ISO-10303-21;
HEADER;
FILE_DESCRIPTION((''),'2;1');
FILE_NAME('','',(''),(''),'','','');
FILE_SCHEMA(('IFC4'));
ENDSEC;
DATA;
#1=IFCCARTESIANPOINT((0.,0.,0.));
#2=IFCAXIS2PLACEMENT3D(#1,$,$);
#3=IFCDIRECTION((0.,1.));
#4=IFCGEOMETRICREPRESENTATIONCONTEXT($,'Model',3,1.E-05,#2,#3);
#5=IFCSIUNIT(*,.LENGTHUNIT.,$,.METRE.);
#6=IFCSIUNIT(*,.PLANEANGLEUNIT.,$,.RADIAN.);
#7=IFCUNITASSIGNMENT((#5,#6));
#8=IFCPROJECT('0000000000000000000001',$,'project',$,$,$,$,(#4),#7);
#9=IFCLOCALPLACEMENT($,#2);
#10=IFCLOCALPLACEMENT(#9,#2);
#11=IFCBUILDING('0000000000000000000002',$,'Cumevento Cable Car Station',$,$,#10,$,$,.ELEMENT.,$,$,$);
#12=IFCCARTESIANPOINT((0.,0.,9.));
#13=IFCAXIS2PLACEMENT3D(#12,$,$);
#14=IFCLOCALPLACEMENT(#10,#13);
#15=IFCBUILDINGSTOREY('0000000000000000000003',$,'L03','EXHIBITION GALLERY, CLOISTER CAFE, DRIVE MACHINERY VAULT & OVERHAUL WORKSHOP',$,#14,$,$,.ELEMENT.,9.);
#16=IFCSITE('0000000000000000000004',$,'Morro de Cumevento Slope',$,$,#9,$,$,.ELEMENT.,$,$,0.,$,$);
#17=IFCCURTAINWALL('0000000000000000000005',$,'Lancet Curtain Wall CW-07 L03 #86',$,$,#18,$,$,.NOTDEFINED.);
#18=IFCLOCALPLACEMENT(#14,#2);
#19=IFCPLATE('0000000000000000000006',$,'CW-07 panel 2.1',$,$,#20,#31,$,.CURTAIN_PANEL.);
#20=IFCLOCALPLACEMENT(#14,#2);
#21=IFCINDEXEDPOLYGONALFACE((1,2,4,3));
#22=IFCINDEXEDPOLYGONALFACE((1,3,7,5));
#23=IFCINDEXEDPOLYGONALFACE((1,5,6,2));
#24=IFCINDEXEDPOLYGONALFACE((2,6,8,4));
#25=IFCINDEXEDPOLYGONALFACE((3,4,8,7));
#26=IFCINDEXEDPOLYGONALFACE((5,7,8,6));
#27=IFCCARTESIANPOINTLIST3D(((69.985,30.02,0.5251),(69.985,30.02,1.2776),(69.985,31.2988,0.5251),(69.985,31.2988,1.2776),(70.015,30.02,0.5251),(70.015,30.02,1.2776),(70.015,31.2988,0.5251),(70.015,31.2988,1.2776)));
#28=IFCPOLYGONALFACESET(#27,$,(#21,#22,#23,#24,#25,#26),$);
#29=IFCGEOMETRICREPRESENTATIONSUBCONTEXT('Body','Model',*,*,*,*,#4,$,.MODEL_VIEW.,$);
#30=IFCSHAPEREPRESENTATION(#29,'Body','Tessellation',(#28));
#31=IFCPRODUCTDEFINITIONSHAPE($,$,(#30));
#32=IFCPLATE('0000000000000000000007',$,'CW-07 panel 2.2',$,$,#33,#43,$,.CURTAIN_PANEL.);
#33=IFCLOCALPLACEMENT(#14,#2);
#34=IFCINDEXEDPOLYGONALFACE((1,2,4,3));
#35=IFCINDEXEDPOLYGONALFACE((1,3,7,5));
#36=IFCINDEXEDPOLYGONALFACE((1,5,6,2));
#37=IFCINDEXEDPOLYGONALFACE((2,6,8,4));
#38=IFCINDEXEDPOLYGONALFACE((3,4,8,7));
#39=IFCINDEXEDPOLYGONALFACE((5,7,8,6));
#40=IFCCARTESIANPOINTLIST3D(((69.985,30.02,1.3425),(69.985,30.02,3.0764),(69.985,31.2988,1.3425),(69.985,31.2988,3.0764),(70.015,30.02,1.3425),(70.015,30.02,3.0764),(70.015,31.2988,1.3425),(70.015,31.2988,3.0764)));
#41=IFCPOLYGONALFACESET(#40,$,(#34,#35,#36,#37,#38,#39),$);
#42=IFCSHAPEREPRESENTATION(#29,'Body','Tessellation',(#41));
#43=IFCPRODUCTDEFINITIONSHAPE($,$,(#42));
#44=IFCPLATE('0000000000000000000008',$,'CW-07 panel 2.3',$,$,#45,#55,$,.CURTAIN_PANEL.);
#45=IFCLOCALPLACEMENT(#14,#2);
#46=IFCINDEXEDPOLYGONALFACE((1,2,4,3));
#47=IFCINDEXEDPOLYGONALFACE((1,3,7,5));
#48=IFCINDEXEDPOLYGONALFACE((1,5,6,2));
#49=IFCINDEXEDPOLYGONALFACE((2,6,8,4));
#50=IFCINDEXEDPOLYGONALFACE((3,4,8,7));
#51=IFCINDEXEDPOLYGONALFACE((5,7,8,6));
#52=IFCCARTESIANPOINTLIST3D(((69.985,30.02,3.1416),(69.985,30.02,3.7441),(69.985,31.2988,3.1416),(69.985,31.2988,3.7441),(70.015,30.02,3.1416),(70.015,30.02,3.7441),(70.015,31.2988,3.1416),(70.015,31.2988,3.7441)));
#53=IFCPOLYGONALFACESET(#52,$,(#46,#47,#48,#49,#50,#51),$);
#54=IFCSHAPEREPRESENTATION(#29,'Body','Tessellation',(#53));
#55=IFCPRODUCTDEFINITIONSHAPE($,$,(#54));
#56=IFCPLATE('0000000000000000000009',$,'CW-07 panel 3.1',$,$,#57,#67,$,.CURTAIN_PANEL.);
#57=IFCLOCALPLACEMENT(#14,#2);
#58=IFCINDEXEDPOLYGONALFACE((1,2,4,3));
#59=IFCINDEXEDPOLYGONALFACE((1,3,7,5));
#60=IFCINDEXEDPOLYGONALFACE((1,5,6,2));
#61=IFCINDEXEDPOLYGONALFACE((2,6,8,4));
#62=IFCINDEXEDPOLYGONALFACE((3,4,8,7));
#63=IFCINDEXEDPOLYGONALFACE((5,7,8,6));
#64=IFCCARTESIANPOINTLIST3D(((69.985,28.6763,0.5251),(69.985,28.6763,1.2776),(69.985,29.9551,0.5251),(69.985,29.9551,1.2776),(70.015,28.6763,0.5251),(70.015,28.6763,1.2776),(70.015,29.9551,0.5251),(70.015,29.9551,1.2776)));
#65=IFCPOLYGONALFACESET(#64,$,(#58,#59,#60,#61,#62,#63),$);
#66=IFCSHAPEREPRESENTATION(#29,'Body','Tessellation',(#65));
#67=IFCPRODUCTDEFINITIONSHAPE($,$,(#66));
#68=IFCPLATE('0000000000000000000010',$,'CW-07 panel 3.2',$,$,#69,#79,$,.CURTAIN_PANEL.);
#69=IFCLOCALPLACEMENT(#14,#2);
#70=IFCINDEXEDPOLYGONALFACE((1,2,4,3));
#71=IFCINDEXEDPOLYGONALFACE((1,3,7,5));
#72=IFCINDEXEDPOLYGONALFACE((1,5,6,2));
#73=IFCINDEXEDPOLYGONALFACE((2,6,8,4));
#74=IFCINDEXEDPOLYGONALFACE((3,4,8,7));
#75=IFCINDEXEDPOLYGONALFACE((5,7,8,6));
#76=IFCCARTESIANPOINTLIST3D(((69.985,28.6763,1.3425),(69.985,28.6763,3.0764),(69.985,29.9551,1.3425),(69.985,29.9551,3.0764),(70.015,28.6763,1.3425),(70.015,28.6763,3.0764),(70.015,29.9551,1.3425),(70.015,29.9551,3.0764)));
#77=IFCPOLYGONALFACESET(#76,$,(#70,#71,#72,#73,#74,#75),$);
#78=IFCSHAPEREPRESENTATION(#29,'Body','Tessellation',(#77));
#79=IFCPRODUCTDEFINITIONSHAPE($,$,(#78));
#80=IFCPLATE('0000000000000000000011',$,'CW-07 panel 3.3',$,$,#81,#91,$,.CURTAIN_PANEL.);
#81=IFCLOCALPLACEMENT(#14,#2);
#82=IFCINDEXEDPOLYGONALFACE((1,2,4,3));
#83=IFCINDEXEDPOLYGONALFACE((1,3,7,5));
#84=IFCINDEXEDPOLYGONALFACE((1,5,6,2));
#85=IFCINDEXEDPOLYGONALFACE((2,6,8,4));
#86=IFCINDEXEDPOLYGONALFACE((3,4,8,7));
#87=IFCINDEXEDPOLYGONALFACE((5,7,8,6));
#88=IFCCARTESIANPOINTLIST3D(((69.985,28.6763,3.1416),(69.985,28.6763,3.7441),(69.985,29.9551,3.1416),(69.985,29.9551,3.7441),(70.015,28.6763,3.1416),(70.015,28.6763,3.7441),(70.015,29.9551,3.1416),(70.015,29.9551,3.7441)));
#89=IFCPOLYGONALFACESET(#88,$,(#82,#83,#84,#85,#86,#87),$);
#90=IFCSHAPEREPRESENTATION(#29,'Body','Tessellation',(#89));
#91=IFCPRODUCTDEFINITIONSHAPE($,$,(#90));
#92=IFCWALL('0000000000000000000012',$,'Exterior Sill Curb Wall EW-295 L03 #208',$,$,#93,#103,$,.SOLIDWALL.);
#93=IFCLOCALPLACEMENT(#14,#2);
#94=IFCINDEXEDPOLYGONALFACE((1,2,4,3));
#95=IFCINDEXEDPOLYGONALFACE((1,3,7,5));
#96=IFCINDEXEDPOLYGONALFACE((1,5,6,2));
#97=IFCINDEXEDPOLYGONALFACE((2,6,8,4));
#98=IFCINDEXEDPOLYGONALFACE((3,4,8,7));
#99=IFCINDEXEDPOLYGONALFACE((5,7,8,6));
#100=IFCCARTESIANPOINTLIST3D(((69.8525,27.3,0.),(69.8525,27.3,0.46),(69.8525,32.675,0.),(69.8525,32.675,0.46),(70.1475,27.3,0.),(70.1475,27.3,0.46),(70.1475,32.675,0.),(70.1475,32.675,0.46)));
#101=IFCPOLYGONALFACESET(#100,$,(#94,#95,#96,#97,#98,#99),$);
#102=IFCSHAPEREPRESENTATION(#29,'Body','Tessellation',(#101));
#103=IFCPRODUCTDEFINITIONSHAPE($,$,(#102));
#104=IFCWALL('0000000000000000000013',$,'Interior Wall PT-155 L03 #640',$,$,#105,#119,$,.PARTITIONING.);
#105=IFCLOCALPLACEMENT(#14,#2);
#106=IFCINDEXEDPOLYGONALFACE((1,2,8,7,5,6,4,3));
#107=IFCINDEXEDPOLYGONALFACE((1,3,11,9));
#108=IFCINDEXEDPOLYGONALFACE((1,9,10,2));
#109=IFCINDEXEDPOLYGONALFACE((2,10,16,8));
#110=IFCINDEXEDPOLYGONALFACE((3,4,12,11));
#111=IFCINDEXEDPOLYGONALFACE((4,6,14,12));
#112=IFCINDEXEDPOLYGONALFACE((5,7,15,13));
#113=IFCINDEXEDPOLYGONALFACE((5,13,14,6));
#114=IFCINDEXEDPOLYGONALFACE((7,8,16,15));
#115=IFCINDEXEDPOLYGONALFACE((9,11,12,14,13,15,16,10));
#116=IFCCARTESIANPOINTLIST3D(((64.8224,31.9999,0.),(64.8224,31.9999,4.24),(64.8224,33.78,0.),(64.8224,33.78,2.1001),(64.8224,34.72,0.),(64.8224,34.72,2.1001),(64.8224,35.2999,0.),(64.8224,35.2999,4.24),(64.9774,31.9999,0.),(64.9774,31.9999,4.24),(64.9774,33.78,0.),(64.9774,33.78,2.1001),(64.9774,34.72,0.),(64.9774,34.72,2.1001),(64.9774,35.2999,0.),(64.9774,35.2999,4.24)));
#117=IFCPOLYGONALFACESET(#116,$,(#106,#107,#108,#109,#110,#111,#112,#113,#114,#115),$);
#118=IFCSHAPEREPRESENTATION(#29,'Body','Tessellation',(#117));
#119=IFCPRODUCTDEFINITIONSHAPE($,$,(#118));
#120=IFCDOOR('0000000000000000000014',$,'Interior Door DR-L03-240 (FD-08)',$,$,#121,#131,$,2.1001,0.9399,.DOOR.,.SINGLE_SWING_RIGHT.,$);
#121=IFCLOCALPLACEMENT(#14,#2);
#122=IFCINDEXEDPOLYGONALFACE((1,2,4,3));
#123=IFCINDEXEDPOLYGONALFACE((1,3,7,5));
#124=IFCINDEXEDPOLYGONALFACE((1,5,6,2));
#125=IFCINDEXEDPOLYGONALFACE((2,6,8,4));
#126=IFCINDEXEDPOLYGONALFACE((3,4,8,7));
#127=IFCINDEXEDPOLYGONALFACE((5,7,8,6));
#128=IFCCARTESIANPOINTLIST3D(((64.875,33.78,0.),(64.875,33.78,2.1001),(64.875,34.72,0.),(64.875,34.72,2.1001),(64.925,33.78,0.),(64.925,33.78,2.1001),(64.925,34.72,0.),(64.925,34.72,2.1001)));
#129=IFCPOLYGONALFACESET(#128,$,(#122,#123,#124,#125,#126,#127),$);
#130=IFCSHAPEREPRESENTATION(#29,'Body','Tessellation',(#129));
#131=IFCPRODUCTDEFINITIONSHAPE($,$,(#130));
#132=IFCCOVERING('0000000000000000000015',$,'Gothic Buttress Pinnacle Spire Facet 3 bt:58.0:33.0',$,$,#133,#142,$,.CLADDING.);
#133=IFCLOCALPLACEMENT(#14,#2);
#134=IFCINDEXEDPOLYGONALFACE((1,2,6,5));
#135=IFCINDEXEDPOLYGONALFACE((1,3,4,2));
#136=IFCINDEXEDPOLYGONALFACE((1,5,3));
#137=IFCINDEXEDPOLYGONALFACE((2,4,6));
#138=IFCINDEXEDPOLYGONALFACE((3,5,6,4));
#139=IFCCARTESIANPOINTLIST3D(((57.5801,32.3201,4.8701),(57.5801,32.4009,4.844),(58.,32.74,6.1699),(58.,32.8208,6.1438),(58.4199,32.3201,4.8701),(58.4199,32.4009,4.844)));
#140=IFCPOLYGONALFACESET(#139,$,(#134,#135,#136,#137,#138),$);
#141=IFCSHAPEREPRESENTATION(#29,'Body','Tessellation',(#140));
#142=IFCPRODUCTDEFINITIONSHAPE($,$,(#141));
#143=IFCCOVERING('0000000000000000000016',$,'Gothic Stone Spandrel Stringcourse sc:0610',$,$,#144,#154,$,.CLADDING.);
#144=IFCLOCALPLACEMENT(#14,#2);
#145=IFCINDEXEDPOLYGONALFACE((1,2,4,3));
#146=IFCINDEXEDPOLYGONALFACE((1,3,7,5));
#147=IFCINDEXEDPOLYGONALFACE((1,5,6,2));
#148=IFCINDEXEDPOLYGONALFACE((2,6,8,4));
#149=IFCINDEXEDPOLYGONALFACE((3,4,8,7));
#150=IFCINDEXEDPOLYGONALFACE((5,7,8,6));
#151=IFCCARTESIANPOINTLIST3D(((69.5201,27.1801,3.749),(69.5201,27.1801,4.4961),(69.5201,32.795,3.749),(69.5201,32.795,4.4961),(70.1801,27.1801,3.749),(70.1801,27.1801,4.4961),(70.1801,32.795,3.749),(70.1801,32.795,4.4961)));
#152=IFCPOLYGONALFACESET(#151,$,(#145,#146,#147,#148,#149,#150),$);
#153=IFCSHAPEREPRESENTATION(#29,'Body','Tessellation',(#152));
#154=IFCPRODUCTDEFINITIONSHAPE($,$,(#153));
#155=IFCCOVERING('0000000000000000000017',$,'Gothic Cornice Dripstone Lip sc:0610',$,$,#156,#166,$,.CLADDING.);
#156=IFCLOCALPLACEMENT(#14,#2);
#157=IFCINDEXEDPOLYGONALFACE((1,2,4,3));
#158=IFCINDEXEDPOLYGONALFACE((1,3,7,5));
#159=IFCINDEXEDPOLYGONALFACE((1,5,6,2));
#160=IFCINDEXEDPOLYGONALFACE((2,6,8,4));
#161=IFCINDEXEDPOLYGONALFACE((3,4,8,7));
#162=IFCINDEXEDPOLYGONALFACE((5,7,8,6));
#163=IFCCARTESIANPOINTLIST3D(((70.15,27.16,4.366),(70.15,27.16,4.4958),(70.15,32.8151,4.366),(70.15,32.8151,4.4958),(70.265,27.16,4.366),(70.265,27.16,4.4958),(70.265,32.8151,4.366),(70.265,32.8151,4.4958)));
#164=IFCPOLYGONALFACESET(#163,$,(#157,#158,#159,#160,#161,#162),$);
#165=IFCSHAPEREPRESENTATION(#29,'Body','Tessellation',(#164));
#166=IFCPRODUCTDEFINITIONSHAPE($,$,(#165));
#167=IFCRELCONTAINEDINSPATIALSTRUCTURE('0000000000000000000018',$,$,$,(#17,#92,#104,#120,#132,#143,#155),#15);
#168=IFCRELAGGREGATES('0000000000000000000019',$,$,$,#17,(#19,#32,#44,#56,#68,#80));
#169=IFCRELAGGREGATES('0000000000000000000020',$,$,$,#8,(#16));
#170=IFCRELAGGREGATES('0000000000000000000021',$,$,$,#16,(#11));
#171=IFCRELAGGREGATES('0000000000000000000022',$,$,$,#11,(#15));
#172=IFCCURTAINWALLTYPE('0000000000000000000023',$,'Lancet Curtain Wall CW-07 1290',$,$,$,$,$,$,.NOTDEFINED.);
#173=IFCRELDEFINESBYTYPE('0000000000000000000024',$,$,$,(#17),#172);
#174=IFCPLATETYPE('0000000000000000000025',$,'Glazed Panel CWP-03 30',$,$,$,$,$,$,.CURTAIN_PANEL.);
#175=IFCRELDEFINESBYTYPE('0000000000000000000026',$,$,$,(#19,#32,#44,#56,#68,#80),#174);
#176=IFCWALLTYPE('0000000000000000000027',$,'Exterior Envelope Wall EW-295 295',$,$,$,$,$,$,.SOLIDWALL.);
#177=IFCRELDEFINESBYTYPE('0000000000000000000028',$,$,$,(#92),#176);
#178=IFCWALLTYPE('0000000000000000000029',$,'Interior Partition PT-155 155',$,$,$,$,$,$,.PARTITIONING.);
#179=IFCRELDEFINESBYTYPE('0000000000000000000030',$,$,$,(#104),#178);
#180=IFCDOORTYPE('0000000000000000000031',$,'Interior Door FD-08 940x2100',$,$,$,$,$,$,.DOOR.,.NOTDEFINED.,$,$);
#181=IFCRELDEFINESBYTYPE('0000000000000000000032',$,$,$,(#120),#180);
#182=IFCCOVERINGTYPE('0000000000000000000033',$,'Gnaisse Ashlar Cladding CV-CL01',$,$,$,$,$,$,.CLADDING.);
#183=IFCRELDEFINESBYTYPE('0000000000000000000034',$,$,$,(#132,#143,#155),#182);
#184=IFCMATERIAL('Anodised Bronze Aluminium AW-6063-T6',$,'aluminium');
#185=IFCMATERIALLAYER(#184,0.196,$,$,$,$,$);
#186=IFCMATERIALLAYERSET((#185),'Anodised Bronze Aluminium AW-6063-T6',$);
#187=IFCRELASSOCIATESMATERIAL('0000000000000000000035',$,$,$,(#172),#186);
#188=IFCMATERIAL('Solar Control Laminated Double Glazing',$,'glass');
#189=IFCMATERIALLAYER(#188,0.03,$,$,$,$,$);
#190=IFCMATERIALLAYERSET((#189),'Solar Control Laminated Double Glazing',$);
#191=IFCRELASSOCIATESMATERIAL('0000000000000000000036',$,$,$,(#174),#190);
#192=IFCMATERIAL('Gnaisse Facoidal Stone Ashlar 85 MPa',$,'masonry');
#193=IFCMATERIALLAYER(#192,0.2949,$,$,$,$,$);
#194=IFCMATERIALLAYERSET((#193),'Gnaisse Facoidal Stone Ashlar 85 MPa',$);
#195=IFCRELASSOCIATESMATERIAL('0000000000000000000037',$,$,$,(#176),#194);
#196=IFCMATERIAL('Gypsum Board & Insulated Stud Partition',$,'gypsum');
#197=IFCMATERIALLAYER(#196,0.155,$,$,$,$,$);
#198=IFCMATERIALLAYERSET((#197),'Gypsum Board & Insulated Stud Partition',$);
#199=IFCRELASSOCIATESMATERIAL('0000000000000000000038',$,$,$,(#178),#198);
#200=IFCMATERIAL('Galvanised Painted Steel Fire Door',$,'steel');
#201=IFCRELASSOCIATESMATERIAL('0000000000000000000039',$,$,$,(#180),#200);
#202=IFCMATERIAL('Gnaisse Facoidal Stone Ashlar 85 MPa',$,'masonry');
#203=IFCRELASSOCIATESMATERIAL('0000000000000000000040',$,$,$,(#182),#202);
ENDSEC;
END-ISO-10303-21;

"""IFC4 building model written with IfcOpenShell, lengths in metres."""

from ifc_helpers import new_model, si_unit, direction, frame, frame_2d, origin, origin_2d, place, context, subcontext, project, spatial, polyline, rectangle, outline, extrude, material, layer, layer_set, type_object, element, fill, aggregate, save


model = new_model("IFC4")

# Units and contexts
model_context = context("Model", 3, precision=1e-05, world=origin(), true_north=direction((0.0, 1.0)))
body_context = subcontext(model_context, "Body", "Model", "MODEL_VIEW")
ifc_project = project(units=[si_unit("LENGTHUNIT", "METRE"), si_unit("PLANEANGLEUNIT", "RADIAN")], contexts=[model_context])

# Site, building, storey
site_placement = place(None, origin())
site = spatial("IfcSite", under=ifc_project, at=site_placement, Name="Morro de Cumevento Slope", CompositionType="ELEMENT", RefElevation=0.0)
building_placement = place(site_placement, origin())
building = spatial("IfcBuilding", under=site, at=building_placement, Name="Cumevento Cable Car Station", CompositionType="ELEMENT")
storey_placement = place(building_placement, frame((0.0, 0.0, 9.0)))
storey = spatial("IfcBuildingStorey", under=building, at=storey_placement, Name="L03", Description="EXHIBITION GALLERY, CLOISTER CAFE, DRIVE MACHINERY VAULT & OVERHAUL WORKSHOP", CompositionType="ELEMENT", Elevation=9.0)

# Curtain wall, plates
ifc_material_1 = material(Name="Anodised Bronze Aluminium AW-6063-T6", Category="aluminium")
ifc_layer_1 = layer(ifc_material_1, 0.196)
ifc_layer_set_1 = layer_set([ifc_layer_1], Name="Anodised Bronze Aluminium AW-6063-T6")
curtain_wall_type = type_object("IfcCurtainWallType", Name="Lancet Curtain Wall CW-07 1290", PredefinedType="NOTDEFINED", material=ifc_layer_set_1)
curtain_wall_placement = place(storey_placement, origin())
curtain_wall = element("IfcCurtainWall", 1, at=curtain_wall_placement, inside=storey, type_object=curtain_wall_type, Name="Lancet Curtain Wall CW-07 L03 #86", PredefinedType="NOTDEFINED")
ifc_material_2 = material(Name="Solar Control Laminated Double Glazing", Category="glass")
ifc_layer_2 = layer(ifc_material_2, 0.03)
ifc_layer_set_2 = layer_set([ifc_layer_2], Name="Solar Control Laminated Double Glazing")
plate_type = type_object("IfcPlateType", Name="Glazed Panel CWP-03 30", PredefinedType="CURTAIN_PANEL", material=ifc_layer_set_2)
plate_1_placement = place(storey_placement, frame((70.0, 30.6594, 0.5251), z_axis=(0.0, 0.0, 1.0), x_axis=(0.0, -1.0, 0.0)))
plate_1 = element("IfcPlate", 2, at=plate_1_placement, type_object=plate_type, Name="CW-07 panel 2.1", PredefinedType="CURTAIN_PANEL", context=body_context, shape_type="SweptSolid", body=[
    extrude(rectangle(XDim=1.2788, YDim=0.03, at=origin_2d()), origin(), (0.0, 0.0, 1.0), 0.7524),
])
plate_2_placement = place(storey_placement, frame((70.0, 30.6594, 1.3425), z_axis=(0.0, 0.0, 1.0), x_axis=(0.0, -1.0, 0.0)))
plate_2 = element("IfcPlate", 3, at=plate_2_placement, type_object=plate_type, Name="CW-07 panel 2.2", PredefinedType="CURTAIN_PANEL", context=body_context, shape_type="SweptSolid", body=[
    extrude(rectangle(XDim=1.2788, YDim=0.03, at=origin_2d()), origin(), (0.0, 0.0, 1.0), 1.7339),
])
plate_3_placement = place(storey_placement, frame((70.0, 30.6594, 3.1416), z_axis=(0.0, 0.0, 1.0), x_axis=(0.0, -1.0, 0.0)))
plate_3 = element("IfcPlate", 4, at=plate_3_placement, type_object=plate_type, Name="CW-07 panel 2.3", PredefinedType="CURTAIN_PANEL", context=body_context, shape_type="SweptSolid", body=[
    extrude(rectangle(XDim=1.2788, YDim=0.03, at=origin_2d()), origin(), (0.0, 0.0, 1.0), 0.6025),
])
plate_4_placement = place(storey_placement, frame((70.0, 29.3157, 0.5251), z_axis=(0.0, 0.0, 1.0), x_axis=(0.0, -1.0, 0.0)))
plate_4 = element("IfcPlate", 5, at=plate_4_placement, type_object=plate_type, Name="CW-07 panel 3.1", PredefinedType="CURTAIN_PANEL", context=body_context, shape_type="SweptSolid", body=[
    extrude(rectangle(XDim=1.2788, YDim=0.03, at=origin_2d()), origin(), (0.0, 0.0, 1.0), 0.7524),
])
plate_5_placement = place(storey_placement, frame((70.0, 29.3157, 1.3425), z_axis=(0.0, 0.0, 1.0), x_axis=(0.0, -1.0, 0.0)))
plate_5 = element("IfcPlate", 6, at=plate_5_placement, type_object=plate_type, Name="CW-07 panel 3.2", PredefinedType="CURTAIN_PANEL", context=body_context, shape_type="SweptSolid", body=[
    extrude(rectangle(XDim=1.2788, YDim=0.03, at=origin_2d()), origin(), (0.0, 0.0, 1.0), 1.7339),
])
plate_6_placement = place(storey_placement, frame((70.0, 29.3157, 3.1416), z_axis=(0.0, 0.0, 1.0), x_axis=(0.0, -1.0, 0.0)))
plate_6 = element("IfcPlate", 7, at=plate_6_placement, type_object=plate_type, Name="CW-07 panel 3.3", PredefinedType="CURTAIN_PANEL", context=body_context, shape_type="SweptSolid", body=[
    extrude(rectangle(XDim=1.2788, YDim=0.03, at=origin_2d()), origin(), (0.0, 0.0, 1.0), 0.6025),
])
aggregate(curtain_wall, [plate_1, plate_2, plate_3, plate_4, plate_5, plate_6])

# Wall
ifc_material_3 = material(Name="Gnaisse Facoidal Stone Ashlar 85 MPa", Category="masonry")
ifc_layer_3 = layer(ifc_material_3, 0.2949)
ifc_layer_set_3 = layer_set([ifc_layer_3], Name="Gnaisse Facoidal Stone Ashlar 85 MPa")
wall_type_1 = type_object("IfcWallType", Name="Exterior Envelope Wall EW-295 295", PredefinedType="SOLIDWALL", material=ifc_layer_set_3)
wall_1_placement = place(storey_placement, frame((70.0, 32.675, 0.0), z_axis=(0.0, 0.0, 1.0), x_axis=(0.0, -1.0, 0.0)))
element("IfcWall", 8, at=wall_1_placement, inside=storey, type_object=wall_type_1, Name="Exterior Sill Curb Wall EW-295 L03 #208", PredefinedType="SOLIDWALL", context=body_context, shape_type="SweptSolid", body=[
    extrude(rectangle(XDim=5.375, YDim=0.2949, at=frame_2d((2.6875, 0.0))), origin(), (0.0, 0.0, 1.0), 0.46),
])

# Wall, opening, door
ifc_material_4 = material(Name="Gypsum Board & Insulated Stud Partition", Category="gypsum")
ifc_layer_4 = layer(ifc_material_4, 0.155)
ifc_layer_set_4 = layer_set([ifc_layer_4], Name="Gypsum Board & Insulated Stud Partition")
wall_type_2 = type_object("IfcWallType", Name="Interior Partition PT-155 155", PredefinedType="PARTITIONING", material=ifc_layer_set_4)
wall_2_placement = place(storey_placement, frame((64.8999, 32.0, 0.0), z_axis=(0.0, 0.0, 1.0), x_axis=(0.0, 1.0, 0.0)))
wall_2 = element("IfcWall", 9, at=wall_2_placement, inside=storey, type_object=wall_type_2, Name="Interior Wall PT-155 L03 #640", PredefinedType="PARTITIONING", context=body_context, shape_type="SweptSolid", body=[
    extrude(rectangle(XDim=3.3, YDim=0.155, at=frame_2d((1.6499, 0.0))), origin(), (0.0, 0.0, 1.0), 4.24),
])
opening_placement = place(wall_2_placement, frame((1.78, 0.0, 0.0)))
opening = element("IfcOpeningElement", 10, at=opening_placement, cuts=wall_2, PredefinedType="OPENING", context=body_context, shape_type="SweptSolid", body=[
    extrude(rectangle(XDim=0.9399, YDim=2.1001, at=frame_2d((0.47, 1.05))), frame((0.0, 0.0876, 0.0), z_axis=(0.0, -1.0, 0.0), x_axis=(1.0, 0.0, 0.0)), (0.0, 0.0, 1.0), 0.175),
])
ifc_material_5 = material(Name="Galvanised Painted Steel Fire Door", Category="steel")
door_type = type_object("IfcDoorType", Name="Interior Door FD-08 940x2100", OperationType="NOTDEFINED", PredefinedType="DOOR", material=ifc_material_5)
door_placement = place(opening_placement, origin())
door = element("IfcDoor", 11, at=door_placement, inside=storey, type_object=door_type, Name="Interior Door DR-L03-240 (FD-08)", OperationType="SINGLE_SWING_RIGHT", OverallHeight=2.1001, OverallWidth=0.9399, PredefinedType="DOOR", context=body_context, shape_type="SweptSolid", body=[
    extrude(rectangle(XDim=0.9399, YDim=2.1001, at=frame_2d((0.47, 1.05))), frame((0.0, 0.0249, 0.0), z_axis=(0.0, -1.0, 0.0), x_axis=(1.0, 0.0, 0.0)), (0.0, 0.0, 1.0), 0.05),
])
fill(opening, door)

# Coverings
ifc_material_6 = material(Name="Gnaisse Facoidal Stone Ashlar 85 MPa", Category="masonry")
covering_type = type_object("IfcCoveringType", Name="Gnaisse Ashlar Cladding CV-CL01", PredefinedType="CLADDING", material=ifc_material_6)
covering_1_placement = place(storey_placement, frame((58.4199, 32.3201, 4.8701), z_axis=(0.0, -0.951574, 0.307421), x_axis=(-1.0, 0.0, 0.0)))
element("IfcCovering", 12, at=covering_1_placement, inside=storey, type_object=covering_type, Name="Gothic Buttress Pinnacle Spire Facet 3 bt:58.0:33.0", PredefinedType="CLADDING", context=body_context, shape_type="SweptSolid", body=[
    extrude(outline(polyline([(0.0, 0.0), (0.8398, 0.0), (0.4199, -1.366), (0.0, 0.0)])), origin(), (0.0, 0.0, -1.0), 0.085),
])
covering_2_placement = place(storey_placement, frame((69.8501, 29.9875, 3.749), z_axis=(0.0, 0.0, 1.0), x_axis=(0.0, -1.0, 0.0)))
element("IfcCovering", 13, at=covering_2_placement, inside=storey, type_object=covering_type, Name="Gothic Stone Spandrel Stringcourse sc:0610", PredefinedType="CLADDING", context=body_context, shape_type="SweptSolid", body=[
    extrude(rectangle(XDim=5.615, YDim=0.6599, at=origin_2d()), origin(), (0.0, 0.0, 1.0), 0.7471),
])
covering_3_placement = place(storey_placement, frame((70.2075, 29.9875, 4.366), z_axis=(0.0, 0.0, 1.0), x_axis=(0.0, -1.0, 0.0)))
element("IfcCovering", 14, at=covering_3_placement, inside=storey, type_object=covering_type, Name="Gothic Cornice Dripstone Lip sc:0610", PredefinedType="CLADDING", context=body_context, shape_type="SweptSolid", body=[
    extrude(rectangle(XDim=5.655, YDim=0.115, at=origin_2d()), origin(), (0.0, 0.0, 1.0), 0.1299),
])

save(model, "model.ifc")
